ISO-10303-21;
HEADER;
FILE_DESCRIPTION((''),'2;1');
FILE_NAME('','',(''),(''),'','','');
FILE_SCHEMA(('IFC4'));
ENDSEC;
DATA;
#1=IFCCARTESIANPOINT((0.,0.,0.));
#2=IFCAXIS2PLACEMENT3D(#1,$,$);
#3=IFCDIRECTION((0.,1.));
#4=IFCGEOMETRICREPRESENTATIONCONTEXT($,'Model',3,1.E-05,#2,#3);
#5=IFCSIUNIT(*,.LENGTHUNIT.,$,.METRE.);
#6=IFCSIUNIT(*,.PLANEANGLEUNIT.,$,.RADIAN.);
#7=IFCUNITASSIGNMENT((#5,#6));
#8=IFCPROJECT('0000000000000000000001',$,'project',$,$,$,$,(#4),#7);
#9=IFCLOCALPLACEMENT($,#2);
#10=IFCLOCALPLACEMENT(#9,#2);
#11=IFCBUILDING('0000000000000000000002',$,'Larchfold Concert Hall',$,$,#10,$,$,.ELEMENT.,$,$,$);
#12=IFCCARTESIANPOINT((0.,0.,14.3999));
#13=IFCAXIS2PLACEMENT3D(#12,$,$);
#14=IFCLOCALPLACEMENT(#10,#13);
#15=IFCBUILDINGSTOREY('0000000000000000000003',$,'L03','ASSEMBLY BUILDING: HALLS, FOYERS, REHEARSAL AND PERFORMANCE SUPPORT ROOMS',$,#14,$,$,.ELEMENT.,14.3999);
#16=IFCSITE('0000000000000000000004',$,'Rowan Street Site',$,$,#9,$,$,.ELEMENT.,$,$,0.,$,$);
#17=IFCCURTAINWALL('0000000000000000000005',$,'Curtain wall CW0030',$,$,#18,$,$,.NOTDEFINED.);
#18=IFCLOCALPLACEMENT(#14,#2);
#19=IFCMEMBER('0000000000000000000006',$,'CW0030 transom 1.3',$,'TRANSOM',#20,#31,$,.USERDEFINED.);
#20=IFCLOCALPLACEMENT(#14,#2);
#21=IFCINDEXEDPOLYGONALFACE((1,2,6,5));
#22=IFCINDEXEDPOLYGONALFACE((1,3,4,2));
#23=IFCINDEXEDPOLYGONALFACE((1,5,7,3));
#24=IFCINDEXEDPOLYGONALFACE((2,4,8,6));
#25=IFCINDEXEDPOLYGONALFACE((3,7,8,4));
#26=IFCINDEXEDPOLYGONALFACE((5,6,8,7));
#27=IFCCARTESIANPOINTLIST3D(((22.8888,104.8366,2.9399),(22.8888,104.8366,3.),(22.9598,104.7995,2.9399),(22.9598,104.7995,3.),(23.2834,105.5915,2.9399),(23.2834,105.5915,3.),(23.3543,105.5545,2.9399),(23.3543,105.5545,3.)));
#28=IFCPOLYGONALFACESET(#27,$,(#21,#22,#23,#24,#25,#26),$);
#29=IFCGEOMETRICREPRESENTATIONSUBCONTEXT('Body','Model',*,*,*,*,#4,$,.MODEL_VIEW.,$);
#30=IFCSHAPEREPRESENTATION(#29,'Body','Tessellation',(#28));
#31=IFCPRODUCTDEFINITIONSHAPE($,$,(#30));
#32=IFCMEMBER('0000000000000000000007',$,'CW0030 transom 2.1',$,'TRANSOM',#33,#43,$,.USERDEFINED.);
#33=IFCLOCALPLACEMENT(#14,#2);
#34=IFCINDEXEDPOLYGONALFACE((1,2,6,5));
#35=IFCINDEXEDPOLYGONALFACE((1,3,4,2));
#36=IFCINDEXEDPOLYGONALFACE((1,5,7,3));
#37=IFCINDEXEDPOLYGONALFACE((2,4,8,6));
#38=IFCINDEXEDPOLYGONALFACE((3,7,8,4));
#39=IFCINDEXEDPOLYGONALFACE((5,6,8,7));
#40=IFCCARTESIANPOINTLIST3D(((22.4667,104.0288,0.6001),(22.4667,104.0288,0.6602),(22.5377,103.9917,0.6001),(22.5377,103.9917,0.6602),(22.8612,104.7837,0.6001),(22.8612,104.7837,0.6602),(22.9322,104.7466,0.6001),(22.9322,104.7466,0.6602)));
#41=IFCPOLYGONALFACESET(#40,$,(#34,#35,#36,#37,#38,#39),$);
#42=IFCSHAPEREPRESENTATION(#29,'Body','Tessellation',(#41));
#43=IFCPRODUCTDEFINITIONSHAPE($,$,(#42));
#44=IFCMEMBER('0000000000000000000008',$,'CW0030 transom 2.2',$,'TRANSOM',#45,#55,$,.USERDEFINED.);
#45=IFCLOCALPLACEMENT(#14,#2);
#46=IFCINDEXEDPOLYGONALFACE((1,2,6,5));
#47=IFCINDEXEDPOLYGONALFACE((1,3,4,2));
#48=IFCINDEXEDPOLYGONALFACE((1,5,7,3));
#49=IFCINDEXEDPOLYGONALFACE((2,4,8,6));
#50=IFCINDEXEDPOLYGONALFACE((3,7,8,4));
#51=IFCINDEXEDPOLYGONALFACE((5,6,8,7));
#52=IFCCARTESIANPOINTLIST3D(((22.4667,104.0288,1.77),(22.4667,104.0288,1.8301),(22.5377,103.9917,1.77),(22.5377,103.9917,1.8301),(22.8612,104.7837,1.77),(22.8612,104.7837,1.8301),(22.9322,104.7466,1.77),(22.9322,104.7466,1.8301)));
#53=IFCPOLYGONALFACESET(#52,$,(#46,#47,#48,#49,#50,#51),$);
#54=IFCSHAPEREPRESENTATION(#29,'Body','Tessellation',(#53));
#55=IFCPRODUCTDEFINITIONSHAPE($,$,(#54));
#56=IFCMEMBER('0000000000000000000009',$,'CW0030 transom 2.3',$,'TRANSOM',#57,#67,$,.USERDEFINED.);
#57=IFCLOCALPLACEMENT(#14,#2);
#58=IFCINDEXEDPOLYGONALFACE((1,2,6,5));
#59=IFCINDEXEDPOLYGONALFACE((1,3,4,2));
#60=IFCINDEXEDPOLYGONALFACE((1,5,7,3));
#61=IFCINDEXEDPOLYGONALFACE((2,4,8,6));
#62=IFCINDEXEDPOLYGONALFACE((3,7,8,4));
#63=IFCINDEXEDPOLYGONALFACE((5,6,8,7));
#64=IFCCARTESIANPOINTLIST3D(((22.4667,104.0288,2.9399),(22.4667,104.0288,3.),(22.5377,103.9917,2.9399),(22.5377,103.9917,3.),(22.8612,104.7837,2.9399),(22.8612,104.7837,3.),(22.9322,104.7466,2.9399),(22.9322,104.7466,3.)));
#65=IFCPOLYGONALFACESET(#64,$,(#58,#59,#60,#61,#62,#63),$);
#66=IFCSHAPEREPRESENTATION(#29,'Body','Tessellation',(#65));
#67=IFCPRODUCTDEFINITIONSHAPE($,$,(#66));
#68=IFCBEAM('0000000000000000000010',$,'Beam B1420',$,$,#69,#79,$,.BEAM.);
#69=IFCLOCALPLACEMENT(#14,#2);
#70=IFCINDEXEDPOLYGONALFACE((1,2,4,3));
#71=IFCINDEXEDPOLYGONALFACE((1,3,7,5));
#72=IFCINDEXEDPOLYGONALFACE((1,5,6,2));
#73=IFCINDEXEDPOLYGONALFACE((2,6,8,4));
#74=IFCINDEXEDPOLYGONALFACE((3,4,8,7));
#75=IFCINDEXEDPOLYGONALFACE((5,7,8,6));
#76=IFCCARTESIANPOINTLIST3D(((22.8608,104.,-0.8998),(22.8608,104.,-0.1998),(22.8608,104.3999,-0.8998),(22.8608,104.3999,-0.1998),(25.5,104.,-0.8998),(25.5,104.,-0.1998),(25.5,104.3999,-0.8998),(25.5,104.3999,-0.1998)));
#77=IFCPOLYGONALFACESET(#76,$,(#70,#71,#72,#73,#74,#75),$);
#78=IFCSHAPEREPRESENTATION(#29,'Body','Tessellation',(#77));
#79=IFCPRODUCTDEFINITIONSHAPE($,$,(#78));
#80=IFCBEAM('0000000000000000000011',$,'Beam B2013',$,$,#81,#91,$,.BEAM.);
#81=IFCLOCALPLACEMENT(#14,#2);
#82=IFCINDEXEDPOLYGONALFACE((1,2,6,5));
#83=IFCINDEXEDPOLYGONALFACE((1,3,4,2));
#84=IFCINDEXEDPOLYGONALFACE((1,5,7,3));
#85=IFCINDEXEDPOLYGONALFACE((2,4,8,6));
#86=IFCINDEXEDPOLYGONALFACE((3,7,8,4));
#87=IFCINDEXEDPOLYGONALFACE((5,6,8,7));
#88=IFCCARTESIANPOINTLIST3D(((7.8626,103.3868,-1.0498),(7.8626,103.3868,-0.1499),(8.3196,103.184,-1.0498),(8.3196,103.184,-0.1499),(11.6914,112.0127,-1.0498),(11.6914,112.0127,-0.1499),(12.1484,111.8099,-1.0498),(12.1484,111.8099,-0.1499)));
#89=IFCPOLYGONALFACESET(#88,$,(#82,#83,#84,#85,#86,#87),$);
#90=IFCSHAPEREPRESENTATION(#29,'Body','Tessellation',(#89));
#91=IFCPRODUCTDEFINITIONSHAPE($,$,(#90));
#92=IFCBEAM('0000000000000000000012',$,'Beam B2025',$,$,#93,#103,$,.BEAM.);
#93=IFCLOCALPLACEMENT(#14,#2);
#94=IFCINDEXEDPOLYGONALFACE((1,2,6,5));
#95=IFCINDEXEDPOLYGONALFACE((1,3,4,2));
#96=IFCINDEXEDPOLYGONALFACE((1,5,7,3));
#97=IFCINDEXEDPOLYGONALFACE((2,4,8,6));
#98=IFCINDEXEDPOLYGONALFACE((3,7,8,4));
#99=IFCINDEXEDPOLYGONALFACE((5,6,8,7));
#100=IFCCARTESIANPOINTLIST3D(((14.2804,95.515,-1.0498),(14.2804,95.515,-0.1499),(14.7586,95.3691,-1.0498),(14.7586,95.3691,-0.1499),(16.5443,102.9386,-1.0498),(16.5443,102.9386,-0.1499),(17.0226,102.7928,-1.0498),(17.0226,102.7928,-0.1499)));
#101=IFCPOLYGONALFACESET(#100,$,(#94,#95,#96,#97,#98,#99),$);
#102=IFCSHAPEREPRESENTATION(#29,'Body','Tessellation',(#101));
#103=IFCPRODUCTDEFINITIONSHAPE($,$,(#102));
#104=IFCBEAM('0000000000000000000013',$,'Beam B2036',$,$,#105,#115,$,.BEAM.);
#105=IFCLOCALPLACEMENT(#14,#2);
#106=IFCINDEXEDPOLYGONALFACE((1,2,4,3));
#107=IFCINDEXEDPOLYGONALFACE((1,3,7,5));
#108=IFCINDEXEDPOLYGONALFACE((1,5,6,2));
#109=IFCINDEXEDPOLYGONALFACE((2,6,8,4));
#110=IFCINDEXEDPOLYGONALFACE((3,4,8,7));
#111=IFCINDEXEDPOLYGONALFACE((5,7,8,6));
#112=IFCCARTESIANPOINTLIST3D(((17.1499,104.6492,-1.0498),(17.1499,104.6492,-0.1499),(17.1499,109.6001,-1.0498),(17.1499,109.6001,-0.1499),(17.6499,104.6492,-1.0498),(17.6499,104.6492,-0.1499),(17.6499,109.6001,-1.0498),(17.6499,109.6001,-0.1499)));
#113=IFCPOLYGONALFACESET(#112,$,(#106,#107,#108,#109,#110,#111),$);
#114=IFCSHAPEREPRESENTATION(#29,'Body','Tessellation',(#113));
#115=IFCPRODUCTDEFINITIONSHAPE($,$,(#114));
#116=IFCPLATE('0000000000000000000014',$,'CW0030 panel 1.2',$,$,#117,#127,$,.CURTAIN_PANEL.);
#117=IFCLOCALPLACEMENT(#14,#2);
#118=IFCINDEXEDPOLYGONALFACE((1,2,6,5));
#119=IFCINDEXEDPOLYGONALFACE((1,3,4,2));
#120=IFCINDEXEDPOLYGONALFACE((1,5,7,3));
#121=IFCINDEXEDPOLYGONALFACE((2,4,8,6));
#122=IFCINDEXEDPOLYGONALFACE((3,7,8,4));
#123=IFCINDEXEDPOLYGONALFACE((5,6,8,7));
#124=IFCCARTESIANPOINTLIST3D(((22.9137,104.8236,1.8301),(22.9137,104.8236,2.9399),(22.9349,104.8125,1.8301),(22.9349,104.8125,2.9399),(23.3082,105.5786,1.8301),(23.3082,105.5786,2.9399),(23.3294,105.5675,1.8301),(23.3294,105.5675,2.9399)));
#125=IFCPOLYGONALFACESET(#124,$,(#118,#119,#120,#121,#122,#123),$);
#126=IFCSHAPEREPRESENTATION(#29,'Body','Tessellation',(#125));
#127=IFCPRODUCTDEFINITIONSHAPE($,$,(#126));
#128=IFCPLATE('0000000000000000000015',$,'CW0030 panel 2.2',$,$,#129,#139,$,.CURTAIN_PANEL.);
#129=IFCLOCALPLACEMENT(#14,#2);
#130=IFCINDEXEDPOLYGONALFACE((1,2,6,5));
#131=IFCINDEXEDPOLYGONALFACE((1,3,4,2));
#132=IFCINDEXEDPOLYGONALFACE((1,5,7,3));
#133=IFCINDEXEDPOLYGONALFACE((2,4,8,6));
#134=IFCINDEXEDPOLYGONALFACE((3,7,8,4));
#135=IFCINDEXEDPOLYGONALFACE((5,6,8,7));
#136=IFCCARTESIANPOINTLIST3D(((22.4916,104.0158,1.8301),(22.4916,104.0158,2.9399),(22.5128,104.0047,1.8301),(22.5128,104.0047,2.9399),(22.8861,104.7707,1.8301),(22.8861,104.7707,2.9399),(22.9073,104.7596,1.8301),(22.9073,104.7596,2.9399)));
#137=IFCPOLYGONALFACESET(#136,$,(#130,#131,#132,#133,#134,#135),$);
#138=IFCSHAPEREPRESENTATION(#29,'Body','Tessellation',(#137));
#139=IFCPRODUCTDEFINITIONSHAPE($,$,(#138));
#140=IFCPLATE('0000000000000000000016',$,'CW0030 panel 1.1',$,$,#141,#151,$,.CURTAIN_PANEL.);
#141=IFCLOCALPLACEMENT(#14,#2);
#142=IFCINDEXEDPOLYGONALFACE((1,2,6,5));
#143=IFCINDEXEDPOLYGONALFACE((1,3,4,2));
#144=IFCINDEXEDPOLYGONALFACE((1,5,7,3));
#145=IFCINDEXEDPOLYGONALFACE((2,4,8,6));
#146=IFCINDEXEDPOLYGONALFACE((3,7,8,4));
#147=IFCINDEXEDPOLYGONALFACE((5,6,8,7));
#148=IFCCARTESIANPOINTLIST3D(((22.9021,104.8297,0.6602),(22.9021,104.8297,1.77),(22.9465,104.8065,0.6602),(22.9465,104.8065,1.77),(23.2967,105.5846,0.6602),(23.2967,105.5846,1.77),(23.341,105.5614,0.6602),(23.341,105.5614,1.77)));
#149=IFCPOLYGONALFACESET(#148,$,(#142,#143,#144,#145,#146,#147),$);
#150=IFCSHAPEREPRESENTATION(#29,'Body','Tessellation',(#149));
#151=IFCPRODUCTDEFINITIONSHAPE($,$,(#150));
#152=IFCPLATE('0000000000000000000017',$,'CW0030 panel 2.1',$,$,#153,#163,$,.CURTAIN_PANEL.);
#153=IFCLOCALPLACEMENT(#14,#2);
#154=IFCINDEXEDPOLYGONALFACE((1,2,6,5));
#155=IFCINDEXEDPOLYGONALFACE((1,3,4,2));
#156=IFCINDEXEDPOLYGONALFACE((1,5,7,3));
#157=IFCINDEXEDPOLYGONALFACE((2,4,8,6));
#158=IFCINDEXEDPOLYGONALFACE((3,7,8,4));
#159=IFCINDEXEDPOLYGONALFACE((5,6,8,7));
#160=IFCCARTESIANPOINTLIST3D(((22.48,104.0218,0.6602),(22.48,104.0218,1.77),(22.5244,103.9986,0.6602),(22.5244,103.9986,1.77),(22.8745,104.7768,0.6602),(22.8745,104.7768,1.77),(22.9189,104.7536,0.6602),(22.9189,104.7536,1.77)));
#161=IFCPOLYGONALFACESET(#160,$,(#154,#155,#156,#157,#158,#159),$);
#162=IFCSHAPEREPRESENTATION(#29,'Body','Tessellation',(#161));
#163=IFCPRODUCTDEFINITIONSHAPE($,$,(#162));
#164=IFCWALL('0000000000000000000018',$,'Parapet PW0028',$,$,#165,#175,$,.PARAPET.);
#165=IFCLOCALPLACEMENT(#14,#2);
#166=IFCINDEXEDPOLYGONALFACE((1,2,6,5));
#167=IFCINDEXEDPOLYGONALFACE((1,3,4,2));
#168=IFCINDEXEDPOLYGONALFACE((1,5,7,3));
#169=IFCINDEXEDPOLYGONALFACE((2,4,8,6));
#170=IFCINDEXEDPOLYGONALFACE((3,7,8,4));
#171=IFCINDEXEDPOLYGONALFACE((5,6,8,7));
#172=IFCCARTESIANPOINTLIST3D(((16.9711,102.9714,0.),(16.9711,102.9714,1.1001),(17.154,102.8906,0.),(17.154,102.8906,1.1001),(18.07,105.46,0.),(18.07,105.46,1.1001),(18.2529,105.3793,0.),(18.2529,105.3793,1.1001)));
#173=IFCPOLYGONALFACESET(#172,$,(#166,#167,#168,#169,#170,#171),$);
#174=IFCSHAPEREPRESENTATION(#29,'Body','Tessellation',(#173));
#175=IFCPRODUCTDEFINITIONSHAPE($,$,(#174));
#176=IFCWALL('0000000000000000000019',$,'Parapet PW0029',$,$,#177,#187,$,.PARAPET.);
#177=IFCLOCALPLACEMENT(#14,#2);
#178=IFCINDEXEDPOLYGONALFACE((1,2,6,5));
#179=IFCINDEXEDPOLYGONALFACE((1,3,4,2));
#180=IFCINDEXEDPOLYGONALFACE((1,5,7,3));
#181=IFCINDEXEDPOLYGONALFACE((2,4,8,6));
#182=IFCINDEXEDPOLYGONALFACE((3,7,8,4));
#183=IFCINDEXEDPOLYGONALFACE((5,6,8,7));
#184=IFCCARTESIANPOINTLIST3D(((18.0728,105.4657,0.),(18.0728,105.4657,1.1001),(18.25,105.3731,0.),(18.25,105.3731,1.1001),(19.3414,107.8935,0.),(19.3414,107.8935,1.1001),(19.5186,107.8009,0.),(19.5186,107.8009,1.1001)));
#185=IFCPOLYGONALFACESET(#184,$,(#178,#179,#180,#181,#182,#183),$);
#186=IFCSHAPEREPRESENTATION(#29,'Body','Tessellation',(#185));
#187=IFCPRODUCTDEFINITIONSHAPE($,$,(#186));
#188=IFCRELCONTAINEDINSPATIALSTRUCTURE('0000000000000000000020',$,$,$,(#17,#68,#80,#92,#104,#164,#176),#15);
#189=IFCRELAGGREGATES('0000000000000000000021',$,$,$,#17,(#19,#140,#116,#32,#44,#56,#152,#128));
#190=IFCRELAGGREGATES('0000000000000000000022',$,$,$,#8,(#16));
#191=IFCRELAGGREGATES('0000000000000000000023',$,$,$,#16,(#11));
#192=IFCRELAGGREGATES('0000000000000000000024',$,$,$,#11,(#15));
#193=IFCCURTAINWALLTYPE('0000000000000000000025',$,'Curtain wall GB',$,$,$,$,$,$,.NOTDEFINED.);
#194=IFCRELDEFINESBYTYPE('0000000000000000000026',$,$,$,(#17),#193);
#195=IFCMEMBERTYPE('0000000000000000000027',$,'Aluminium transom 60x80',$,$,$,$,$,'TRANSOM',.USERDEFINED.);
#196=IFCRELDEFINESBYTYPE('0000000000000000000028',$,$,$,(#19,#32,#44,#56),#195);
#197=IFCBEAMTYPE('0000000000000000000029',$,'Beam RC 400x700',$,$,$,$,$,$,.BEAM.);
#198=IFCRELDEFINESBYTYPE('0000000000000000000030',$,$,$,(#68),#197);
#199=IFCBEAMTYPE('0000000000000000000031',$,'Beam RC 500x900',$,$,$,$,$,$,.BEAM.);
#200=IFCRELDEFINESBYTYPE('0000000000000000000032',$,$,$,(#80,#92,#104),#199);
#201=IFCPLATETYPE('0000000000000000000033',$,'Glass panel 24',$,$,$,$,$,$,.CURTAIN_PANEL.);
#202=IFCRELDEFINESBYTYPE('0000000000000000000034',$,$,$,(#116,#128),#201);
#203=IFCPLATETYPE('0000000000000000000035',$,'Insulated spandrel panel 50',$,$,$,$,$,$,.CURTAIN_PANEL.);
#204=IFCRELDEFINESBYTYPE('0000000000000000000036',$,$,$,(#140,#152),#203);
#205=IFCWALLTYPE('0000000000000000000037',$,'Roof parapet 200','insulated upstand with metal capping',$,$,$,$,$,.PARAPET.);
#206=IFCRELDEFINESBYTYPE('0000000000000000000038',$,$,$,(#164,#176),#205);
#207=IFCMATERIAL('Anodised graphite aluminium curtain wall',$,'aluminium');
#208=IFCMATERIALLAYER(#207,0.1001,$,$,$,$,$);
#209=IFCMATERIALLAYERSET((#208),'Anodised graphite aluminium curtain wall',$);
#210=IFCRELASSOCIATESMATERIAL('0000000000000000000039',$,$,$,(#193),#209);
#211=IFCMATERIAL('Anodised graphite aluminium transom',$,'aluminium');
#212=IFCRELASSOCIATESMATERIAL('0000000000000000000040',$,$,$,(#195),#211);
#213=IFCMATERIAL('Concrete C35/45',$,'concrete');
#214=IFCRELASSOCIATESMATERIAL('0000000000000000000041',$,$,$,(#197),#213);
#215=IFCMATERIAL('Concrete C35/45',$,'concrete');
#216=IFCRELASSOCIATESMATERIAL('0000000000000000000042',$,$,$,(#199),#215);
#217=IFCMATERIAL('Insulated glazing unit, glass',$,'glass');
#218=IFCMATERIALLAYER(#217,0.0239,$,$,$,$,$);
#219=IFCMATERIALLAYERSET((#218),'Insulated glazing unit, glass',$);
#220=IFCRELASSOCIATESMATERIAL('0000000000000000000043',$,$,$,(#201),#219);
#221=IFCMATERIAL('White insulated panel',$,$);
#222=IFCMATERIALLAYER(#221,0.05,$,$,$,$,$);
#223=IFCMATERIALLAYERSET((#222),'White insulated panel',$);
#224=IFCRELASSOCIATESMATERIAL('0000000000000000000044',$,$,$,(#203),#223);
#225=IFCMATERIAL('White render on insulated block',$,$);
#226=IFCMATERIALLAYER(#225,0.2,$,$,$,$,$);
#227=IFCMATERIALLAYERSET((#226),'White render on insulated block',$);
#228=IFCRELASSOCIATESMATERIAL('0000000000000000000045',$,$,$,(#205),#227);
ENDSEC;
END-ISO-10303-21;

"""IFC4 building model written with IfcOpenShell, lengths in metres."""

from ifc_helpers import new_model, si_unit, direction, frame, frame_2d, origin, origin_2d, place, context, subcontext, project, spatial, rectangle, extrude, material, layer, layer_set, material_profile, profile_set, type_object, element, aggregate, save


model = new_model("IFC4")

# Units and contexts
model_context = context("Model", 3, precision=1e-05, world=origin(), true_north=direction((0.0, 1.0)))
body_context = subcontext(model_context, "Body", "Model", "MODEL_VIEW")
ifc_project = project(units=[si_unit("LENGTHUNIT", "METRE"), si_unit("PLANEANGLEUNIT", "RADIAN")], contexts=[model_context])

# Site, building, storey
site_placement = place(None, origin())
site = spatial("IfcSite", under=ifc_project, at=site_placement, Name="Rowan Street Site", CompositionType="ELEMENT", RefElevation=0.0)
building_placement = place(site_placement, origin())
building = spatial("IfcBuilding", under=site, at=building_placement, Name="Larchfold Concert Hall", CompositionType="ELEMENT")
storey_placement = place(building_placement, frame((0.0, 0.0, 14.3999)))
storey = spatial("IfcBuildingStorey", under=building, at=storey_placement, Name="L03", Description="ASSEMBLY BUILDING: HALLS, FOYERS, REHEARSAL AND PERFORMANCE SUPPORT ROOMS", CompositionType="ELEMENT", Elevation=14.3999)

# Curtain wall
ifc_material_1 = material(Name="Anodised graphite aluminium curtain wall", Category="aluminium")
ifc_layer_1 = layer(ifc_material_1, 0.1001)
ifc_layer_set_1 = layer_set([ifc_layer_1], Name="Anodised graphite aluminium curtain wall")
curtain_wall_type = type_object("IfcCurtainWallType", Name="Curtain wall GB", PredefinedType="NOTDEFINED", material=ifc_layer_set_1)
curtain_wall_1_placement = place(storey_placement, origin())
curtain_wall_1 = element("IfcCurtainWall", 1, at=curtain_wall_1_placement, inside=storey, type_object=curtain_wall_type, Name="Curtain wall CW0030", PredefinedType="NOTDEFINED")

# Members
ifc_material_2 = material(Name="Anodised graphite aluminium transom", Category="aluminium")
ifc_material_profile_1 = material_profile(ifc_material_2, rectangle(XDim=0.0801, YDim=0.0601, at=origin_2d()))
ifc_profile_set_1 = profile_set([ifc_material_profile_1], Name="Anodised graphite aluminium transom")
member_type_1 = type_object("IfcMemberType", Name="Aluminium transom 60x80", ElementType="TRANSOM", PredefinedType="USERDEFINED", material=ifc_profile_set_1)
member_1_placement = place(storey_placement, frame((23.3188, 105.573, 2.97), z_axis=(-0.463193, -0.886258, 0.0), x_axis=(0.886258, -0.463193, 0.0)))
member_1 = element("IfcMember", 2, at=member_1_placement, type_object=member_type_1, Name="CW0030 transom 1.3", ObjectType="TRANSOM", PredefinedType="USERDEFINED", context=body_context, shape_type="SweptSolid", body=[
    extrude(rectangle(XDim=0.0801, YDim=0.0601, at=origin_2d()), origin(), (0.0, 0.0, 1.0), 0.8518),
])
member_2_placement = place(storey_placement, frame((22.8967, 104.7651, 0.6301), z_axis=(-0.463193, -0.886258, 0.0), x_axis=(0.886258, -0.463193, 0.0)))
member_2 = element("IfcMember", 3, at=member_2_placement, type_object=member_type_1, Name="CW0030 transom 2.1", ObjectType="TRANSOM", PredefinedType="USERDEFINED", context=body_context, shape_type="SweptSolid", body=[
    extrude(rectangle(XDim=0.0801, YDim=0.0601, at=origin_2d()), origin(), (0.0, 0.0, 1.0), 0.8518),
])
member_3_placement = place(storey_placement, frame((22.8967, 104.7651, 1.8), z_axis=(-0.463193, -0.886258, 0.0), x_axis=(0.886258, -0.463193, 0.0)))
member_3 = element("IfcMember", 4, at=member_3_placement, type_object=member_type_1, Name="CW0030 transom 2.2", ObjectType="TRANSOM", PredefinedType="USERDEFINED", context=body_context, shape_type="SweptSolid", body=[
    extrude(rectangle(XDim=0.0801, YDim=0.0601, at=origin_2d()), origin(), (0.0, 0.0, 1.0), 0.8518),
])
member_4_placement = place(storey_placement, frame((22.8967, 104.7651, 2.97), z_axis=(-0.463193, -0.886258, 0.0), x_axis=(0.886258, -0.463193, 0.0)))
member_4 = element("IfcMember", 5, at=member_4_placement, type_object=member_type_1, Name="CW0030 transom 2.3", ObjectType="TRANSOM", PredefinedType="USERDEFINED", context=body_context, shape_type="SweptSolid", body=[
    extrude(rectangle(XDim=0.0801, YDim=0.0601, at=origin_2d()), origin(), (0.0, 0.0, 1.0), 0.8518),
])

# Beams
ifc_material_3 = material(Name="Concrete C35/45", Category="concrete")
ifc_material_profile_2 = material_profile(ifc_material_3, rectangle(XDim=0.3999, YDim=0.7, at=origin_2d()))
ifc_profile_set_2 = profile_set([ifc_material_profile_2], Name="Concrete C35/45")
beam_type_1 = type_object("IfcBeamType", Name="Beam RC 400x700", PredefinedType="BEAM", material=ifc_profile_set_2)
beam_1_placement = place(storey_placement, frame((22.8608, 104.2, -0.5498), z_axis=(1.0, 0.0, 0.0), x_axis=(0.0, 1.0, 0.0)))
element("IfcBeam", 6, at=beam_1_placement, inside=storey, type_object=beam_type_1, Name="Beam B1420", PredefinedType="BEAM", context=body_context, shape_type="SweptSolid", body=[
    extrude(rectangle(XDim=0.3999, YDim=0.7, at=origin_2d()), origin(), (0.0, 0.0, 1.0), 2.6392),
])
ifc_material_4 = material(Name="Concrete C35/45", Category="concrete")
ifc_material_profile_3 = material_profile(ifc_material_4, rectangle(XDim=0.5, YDim=0.8999, at=origin_2d()))
ifc_profile_set_3 = profile_set([ifc_material_profile_3], Name="Concrete C35/45")
beam_type_2 = type_object("IfcBeamType", Name="Beam RC 500x900", PredefinedType="BEAM", material=ifc_profile_set_3)
beam_2_placement = place(storey_placement, frame((8.0911, 103.2854, -0.5999), z_axis=(0.405704, 0.914005, 0.0), x_axis=(-0.914005, 0.405704, 0.0)))
element("IfcBeam", 7, at=beam_2_placement, inside=storey, type_object=beam_type_2, Name="Beam B2013", PredefinedType="BEAM", context=body_context, shape_type="SweptSolid", body=[
    extrude(rectangle(XDim=0.5, YDim=0.8999, at=origin_2d()), origin(), (0.0, 0.0, 1.0), 9.4375),
])
beam_3_placement = place(storey_placement, frame((16.7834, 102.8657, -0.5999), z_axis=(-0.2917, -0.95651, 0.0), x_axis=(0.95651, -0.2917, 0.0)))
element("IfcBeam", 8, at=beam_3_placement, inside=storey, type_object=beam_type_2, Name="Beam B2025", PredefinedType="BEAM", context=body_context, shape_type="SweptSolid", body=[
    extrude(rectangle(XDim=0.5, YDim=0.8999, at=origin_2d()), origin(), (0.0, 0.0, 1.0), 7.7612),
])
beam_4_placement = place(storey_placement, frame((17.3999, 104.6492, -0.5999), z_axis=(0.0, 1.0, 0.0), x_axis=(-1.0, 0.0, 0.0)))
element("IfcBeam", 9, at=beam_4_placement, inside=storey, type_object=beam_type_2, Name="Beam B2036", PredefinedType="BEAM", context=body_context, shape_type="SweptSolid", body=[
    extrude(rectangle(XDim=0.5, YDim=0.8999, at=origin_2d()), origin(), (0.0, 0.0, 1.0), 4.9509),
])

# Plates
ifc_material_5 = material(Name="Insulated glazing unit, glass", Category="glass")
ifc_layer_2 = layer(ifc_material_5, 0.0239)
ifc_layer_set_2 = layer_set([ifc_layer_2], Name="Insulated glazing unit, glass")
plate_type_1 = type_object("IfcPlateType", Name="Glass panel 24", PredefinedType="CURTAIN_PANEL", material=ifc_layer_set_2)
plate_1_placement = place(storey_placement, frame((23.1216, 105.1956, 1.8301), z_axis=(0.0, 0.0, 1.0), x_axis=(-0.463164, -0.886273, 0.0)))
plate_1 = element("IfcPlate", 10, at=plate_1_placement, type_object=plate_type_1, Name="CW0030 panel 1.2", PredefinedType="CURTAIN_PANEL", context=body_context, shape_type="SweptSolid", body=[
    extrude(rectangle(XDim=0.8518, YDim=0.0239, at=origin_2d()), origin(), (0.0, 0.0, 1.0), 1.1099),
])
plate_2_placement = place(storey_placement, frame((22.6995, 104.3877, 1.8301), z_axis=(0.0, 0.0, 1.0), x_axis=(-0.463164, -0.886273, 0.0)))
plate_2 = element("IfcPlate", 11, at=plate_2_placement, type_object=plate_type_1, Name="CW0030 panel 2.2", PredefinedType="CURTAIN_PANEL", context=body_context, shape_type="SweptSolid", body=[
    extrude(rectangle(XDim=0.8518, YDim=0.0239, at=origin_2d()), origin(), (0.0, 0.0, 1.0), 1.1099),
])
ifc_material_6 = material(Name="White insulated panel")
ifc_layer_3 = layer(ifc_material_6, 0.05)
ifc_layer_set_3 = layer_set([ifc_layer_3], Name="White insulated panel")
plate_type_2 = type_object("IfcPlateType", Name="Insulated spandrel panel 50", PredefinedType="CURTAIN_PANEL", material=ifc_layer_set_3)
plate_3_placement = place(storey_placement, frame((23.1216, 105.1956, 0.6602), z_axis=(0.0, 0.0, 1.0), x_axis=(-0.463164, -0.886273, 0.0)))
plate_3 = element("IfcPlate", 12, at=plate_3_placement, type_object=plate_type_2, Name="CW0030 panel 1.1", PredefinedType="CURTAIN_PANEL", context=body_context, shape_type="SweptSolid", body=[
    extrude(rectangle(XDim=0.8518, YDim=0.05, at=origin_2d()), origin(), (0.0, 0.0, 1.0), 1.1099),
])
plate_4_placement = place(storey_placement, frame((22.6995, 104.3877, 0.6602), z_axis=(0.0, 0.0, 1.0), x_axis=(-0.463164, -0.886273, 0.0)))
plate_4 = element("IfcPlate", 13, at=plate_4_placement, type_object=plate_type_2, Name="CW0030 panel 2.1", PredefinedType="CURTAIN_PANEL", context=body_context, shape_type="SweptSolid", body=[
    extrude(rectangle(XDim=0.8518, YDim=0.05, at=origin_2d()), origin(), (0.0, 0.0, 1.0), 1.1099),
])
aggregate(curtain_wall_1, [member_1, plate_3, plate_1, member_2, member_3, member_4, plate_4, plate_2])

# Walls
ifc_material_7 = material(Name="White render on insulated block")
ifc_layer_4 = layer(ifc_material_7, 0.2)
ifc_layer_set_4 = layer_set([ifc_layer_4], Name="White render on insulated block")
wall_type_1 = type_object("IfcWallType", Name="Roof parapet 200", Description="insulated upstand with metal capping", PredefinedType="PARAPET", material=ifc_layer_set_4)
wall_1_placement = place(storey_placement, frame((17.0625, 102.9309, 0.0), z_axis=(0.0, 0.0, 1.0), x_axis=(0.403947, 0.914782, 0.0)))
element("IfcWall", 14, at=wall_1_placement, inside=storey, type_object=wall_type_1, Name="Parapet PW0028", PredefinedType="PARAPET", context=body_context, shape_type="SweptSolid", body=[
    extrude(rectangle(XDim=2.7205, YDim=0.2, at=frame_2d((1.3604, 0.0))), origin(), (0.0, 0.0, 1.0), 1.1001),
])
wall_2_placement = place(storey_placement, frame((18.1614, 105.4194, 0.0), z_axis=(0.0, 0.0, 1.0), x_axis=(0.463114, 0.886299, 0.0)))
element("IfcWall", 15, at=wall_2_placement, inside=storey, type_object=wall_type_1, Name="Parapet PW0029", PredefinedType="PARAPET", context=body_context, shape_type="SweptSolid", body=[
    extrude(rectangle(XDim=2.7393, YDim=0.2, at=frame_2d((1.3696, 0.0))), origin(), (0.0, 0.0, 1.0), 1.1001),
])

save(model, "model.ifc")
